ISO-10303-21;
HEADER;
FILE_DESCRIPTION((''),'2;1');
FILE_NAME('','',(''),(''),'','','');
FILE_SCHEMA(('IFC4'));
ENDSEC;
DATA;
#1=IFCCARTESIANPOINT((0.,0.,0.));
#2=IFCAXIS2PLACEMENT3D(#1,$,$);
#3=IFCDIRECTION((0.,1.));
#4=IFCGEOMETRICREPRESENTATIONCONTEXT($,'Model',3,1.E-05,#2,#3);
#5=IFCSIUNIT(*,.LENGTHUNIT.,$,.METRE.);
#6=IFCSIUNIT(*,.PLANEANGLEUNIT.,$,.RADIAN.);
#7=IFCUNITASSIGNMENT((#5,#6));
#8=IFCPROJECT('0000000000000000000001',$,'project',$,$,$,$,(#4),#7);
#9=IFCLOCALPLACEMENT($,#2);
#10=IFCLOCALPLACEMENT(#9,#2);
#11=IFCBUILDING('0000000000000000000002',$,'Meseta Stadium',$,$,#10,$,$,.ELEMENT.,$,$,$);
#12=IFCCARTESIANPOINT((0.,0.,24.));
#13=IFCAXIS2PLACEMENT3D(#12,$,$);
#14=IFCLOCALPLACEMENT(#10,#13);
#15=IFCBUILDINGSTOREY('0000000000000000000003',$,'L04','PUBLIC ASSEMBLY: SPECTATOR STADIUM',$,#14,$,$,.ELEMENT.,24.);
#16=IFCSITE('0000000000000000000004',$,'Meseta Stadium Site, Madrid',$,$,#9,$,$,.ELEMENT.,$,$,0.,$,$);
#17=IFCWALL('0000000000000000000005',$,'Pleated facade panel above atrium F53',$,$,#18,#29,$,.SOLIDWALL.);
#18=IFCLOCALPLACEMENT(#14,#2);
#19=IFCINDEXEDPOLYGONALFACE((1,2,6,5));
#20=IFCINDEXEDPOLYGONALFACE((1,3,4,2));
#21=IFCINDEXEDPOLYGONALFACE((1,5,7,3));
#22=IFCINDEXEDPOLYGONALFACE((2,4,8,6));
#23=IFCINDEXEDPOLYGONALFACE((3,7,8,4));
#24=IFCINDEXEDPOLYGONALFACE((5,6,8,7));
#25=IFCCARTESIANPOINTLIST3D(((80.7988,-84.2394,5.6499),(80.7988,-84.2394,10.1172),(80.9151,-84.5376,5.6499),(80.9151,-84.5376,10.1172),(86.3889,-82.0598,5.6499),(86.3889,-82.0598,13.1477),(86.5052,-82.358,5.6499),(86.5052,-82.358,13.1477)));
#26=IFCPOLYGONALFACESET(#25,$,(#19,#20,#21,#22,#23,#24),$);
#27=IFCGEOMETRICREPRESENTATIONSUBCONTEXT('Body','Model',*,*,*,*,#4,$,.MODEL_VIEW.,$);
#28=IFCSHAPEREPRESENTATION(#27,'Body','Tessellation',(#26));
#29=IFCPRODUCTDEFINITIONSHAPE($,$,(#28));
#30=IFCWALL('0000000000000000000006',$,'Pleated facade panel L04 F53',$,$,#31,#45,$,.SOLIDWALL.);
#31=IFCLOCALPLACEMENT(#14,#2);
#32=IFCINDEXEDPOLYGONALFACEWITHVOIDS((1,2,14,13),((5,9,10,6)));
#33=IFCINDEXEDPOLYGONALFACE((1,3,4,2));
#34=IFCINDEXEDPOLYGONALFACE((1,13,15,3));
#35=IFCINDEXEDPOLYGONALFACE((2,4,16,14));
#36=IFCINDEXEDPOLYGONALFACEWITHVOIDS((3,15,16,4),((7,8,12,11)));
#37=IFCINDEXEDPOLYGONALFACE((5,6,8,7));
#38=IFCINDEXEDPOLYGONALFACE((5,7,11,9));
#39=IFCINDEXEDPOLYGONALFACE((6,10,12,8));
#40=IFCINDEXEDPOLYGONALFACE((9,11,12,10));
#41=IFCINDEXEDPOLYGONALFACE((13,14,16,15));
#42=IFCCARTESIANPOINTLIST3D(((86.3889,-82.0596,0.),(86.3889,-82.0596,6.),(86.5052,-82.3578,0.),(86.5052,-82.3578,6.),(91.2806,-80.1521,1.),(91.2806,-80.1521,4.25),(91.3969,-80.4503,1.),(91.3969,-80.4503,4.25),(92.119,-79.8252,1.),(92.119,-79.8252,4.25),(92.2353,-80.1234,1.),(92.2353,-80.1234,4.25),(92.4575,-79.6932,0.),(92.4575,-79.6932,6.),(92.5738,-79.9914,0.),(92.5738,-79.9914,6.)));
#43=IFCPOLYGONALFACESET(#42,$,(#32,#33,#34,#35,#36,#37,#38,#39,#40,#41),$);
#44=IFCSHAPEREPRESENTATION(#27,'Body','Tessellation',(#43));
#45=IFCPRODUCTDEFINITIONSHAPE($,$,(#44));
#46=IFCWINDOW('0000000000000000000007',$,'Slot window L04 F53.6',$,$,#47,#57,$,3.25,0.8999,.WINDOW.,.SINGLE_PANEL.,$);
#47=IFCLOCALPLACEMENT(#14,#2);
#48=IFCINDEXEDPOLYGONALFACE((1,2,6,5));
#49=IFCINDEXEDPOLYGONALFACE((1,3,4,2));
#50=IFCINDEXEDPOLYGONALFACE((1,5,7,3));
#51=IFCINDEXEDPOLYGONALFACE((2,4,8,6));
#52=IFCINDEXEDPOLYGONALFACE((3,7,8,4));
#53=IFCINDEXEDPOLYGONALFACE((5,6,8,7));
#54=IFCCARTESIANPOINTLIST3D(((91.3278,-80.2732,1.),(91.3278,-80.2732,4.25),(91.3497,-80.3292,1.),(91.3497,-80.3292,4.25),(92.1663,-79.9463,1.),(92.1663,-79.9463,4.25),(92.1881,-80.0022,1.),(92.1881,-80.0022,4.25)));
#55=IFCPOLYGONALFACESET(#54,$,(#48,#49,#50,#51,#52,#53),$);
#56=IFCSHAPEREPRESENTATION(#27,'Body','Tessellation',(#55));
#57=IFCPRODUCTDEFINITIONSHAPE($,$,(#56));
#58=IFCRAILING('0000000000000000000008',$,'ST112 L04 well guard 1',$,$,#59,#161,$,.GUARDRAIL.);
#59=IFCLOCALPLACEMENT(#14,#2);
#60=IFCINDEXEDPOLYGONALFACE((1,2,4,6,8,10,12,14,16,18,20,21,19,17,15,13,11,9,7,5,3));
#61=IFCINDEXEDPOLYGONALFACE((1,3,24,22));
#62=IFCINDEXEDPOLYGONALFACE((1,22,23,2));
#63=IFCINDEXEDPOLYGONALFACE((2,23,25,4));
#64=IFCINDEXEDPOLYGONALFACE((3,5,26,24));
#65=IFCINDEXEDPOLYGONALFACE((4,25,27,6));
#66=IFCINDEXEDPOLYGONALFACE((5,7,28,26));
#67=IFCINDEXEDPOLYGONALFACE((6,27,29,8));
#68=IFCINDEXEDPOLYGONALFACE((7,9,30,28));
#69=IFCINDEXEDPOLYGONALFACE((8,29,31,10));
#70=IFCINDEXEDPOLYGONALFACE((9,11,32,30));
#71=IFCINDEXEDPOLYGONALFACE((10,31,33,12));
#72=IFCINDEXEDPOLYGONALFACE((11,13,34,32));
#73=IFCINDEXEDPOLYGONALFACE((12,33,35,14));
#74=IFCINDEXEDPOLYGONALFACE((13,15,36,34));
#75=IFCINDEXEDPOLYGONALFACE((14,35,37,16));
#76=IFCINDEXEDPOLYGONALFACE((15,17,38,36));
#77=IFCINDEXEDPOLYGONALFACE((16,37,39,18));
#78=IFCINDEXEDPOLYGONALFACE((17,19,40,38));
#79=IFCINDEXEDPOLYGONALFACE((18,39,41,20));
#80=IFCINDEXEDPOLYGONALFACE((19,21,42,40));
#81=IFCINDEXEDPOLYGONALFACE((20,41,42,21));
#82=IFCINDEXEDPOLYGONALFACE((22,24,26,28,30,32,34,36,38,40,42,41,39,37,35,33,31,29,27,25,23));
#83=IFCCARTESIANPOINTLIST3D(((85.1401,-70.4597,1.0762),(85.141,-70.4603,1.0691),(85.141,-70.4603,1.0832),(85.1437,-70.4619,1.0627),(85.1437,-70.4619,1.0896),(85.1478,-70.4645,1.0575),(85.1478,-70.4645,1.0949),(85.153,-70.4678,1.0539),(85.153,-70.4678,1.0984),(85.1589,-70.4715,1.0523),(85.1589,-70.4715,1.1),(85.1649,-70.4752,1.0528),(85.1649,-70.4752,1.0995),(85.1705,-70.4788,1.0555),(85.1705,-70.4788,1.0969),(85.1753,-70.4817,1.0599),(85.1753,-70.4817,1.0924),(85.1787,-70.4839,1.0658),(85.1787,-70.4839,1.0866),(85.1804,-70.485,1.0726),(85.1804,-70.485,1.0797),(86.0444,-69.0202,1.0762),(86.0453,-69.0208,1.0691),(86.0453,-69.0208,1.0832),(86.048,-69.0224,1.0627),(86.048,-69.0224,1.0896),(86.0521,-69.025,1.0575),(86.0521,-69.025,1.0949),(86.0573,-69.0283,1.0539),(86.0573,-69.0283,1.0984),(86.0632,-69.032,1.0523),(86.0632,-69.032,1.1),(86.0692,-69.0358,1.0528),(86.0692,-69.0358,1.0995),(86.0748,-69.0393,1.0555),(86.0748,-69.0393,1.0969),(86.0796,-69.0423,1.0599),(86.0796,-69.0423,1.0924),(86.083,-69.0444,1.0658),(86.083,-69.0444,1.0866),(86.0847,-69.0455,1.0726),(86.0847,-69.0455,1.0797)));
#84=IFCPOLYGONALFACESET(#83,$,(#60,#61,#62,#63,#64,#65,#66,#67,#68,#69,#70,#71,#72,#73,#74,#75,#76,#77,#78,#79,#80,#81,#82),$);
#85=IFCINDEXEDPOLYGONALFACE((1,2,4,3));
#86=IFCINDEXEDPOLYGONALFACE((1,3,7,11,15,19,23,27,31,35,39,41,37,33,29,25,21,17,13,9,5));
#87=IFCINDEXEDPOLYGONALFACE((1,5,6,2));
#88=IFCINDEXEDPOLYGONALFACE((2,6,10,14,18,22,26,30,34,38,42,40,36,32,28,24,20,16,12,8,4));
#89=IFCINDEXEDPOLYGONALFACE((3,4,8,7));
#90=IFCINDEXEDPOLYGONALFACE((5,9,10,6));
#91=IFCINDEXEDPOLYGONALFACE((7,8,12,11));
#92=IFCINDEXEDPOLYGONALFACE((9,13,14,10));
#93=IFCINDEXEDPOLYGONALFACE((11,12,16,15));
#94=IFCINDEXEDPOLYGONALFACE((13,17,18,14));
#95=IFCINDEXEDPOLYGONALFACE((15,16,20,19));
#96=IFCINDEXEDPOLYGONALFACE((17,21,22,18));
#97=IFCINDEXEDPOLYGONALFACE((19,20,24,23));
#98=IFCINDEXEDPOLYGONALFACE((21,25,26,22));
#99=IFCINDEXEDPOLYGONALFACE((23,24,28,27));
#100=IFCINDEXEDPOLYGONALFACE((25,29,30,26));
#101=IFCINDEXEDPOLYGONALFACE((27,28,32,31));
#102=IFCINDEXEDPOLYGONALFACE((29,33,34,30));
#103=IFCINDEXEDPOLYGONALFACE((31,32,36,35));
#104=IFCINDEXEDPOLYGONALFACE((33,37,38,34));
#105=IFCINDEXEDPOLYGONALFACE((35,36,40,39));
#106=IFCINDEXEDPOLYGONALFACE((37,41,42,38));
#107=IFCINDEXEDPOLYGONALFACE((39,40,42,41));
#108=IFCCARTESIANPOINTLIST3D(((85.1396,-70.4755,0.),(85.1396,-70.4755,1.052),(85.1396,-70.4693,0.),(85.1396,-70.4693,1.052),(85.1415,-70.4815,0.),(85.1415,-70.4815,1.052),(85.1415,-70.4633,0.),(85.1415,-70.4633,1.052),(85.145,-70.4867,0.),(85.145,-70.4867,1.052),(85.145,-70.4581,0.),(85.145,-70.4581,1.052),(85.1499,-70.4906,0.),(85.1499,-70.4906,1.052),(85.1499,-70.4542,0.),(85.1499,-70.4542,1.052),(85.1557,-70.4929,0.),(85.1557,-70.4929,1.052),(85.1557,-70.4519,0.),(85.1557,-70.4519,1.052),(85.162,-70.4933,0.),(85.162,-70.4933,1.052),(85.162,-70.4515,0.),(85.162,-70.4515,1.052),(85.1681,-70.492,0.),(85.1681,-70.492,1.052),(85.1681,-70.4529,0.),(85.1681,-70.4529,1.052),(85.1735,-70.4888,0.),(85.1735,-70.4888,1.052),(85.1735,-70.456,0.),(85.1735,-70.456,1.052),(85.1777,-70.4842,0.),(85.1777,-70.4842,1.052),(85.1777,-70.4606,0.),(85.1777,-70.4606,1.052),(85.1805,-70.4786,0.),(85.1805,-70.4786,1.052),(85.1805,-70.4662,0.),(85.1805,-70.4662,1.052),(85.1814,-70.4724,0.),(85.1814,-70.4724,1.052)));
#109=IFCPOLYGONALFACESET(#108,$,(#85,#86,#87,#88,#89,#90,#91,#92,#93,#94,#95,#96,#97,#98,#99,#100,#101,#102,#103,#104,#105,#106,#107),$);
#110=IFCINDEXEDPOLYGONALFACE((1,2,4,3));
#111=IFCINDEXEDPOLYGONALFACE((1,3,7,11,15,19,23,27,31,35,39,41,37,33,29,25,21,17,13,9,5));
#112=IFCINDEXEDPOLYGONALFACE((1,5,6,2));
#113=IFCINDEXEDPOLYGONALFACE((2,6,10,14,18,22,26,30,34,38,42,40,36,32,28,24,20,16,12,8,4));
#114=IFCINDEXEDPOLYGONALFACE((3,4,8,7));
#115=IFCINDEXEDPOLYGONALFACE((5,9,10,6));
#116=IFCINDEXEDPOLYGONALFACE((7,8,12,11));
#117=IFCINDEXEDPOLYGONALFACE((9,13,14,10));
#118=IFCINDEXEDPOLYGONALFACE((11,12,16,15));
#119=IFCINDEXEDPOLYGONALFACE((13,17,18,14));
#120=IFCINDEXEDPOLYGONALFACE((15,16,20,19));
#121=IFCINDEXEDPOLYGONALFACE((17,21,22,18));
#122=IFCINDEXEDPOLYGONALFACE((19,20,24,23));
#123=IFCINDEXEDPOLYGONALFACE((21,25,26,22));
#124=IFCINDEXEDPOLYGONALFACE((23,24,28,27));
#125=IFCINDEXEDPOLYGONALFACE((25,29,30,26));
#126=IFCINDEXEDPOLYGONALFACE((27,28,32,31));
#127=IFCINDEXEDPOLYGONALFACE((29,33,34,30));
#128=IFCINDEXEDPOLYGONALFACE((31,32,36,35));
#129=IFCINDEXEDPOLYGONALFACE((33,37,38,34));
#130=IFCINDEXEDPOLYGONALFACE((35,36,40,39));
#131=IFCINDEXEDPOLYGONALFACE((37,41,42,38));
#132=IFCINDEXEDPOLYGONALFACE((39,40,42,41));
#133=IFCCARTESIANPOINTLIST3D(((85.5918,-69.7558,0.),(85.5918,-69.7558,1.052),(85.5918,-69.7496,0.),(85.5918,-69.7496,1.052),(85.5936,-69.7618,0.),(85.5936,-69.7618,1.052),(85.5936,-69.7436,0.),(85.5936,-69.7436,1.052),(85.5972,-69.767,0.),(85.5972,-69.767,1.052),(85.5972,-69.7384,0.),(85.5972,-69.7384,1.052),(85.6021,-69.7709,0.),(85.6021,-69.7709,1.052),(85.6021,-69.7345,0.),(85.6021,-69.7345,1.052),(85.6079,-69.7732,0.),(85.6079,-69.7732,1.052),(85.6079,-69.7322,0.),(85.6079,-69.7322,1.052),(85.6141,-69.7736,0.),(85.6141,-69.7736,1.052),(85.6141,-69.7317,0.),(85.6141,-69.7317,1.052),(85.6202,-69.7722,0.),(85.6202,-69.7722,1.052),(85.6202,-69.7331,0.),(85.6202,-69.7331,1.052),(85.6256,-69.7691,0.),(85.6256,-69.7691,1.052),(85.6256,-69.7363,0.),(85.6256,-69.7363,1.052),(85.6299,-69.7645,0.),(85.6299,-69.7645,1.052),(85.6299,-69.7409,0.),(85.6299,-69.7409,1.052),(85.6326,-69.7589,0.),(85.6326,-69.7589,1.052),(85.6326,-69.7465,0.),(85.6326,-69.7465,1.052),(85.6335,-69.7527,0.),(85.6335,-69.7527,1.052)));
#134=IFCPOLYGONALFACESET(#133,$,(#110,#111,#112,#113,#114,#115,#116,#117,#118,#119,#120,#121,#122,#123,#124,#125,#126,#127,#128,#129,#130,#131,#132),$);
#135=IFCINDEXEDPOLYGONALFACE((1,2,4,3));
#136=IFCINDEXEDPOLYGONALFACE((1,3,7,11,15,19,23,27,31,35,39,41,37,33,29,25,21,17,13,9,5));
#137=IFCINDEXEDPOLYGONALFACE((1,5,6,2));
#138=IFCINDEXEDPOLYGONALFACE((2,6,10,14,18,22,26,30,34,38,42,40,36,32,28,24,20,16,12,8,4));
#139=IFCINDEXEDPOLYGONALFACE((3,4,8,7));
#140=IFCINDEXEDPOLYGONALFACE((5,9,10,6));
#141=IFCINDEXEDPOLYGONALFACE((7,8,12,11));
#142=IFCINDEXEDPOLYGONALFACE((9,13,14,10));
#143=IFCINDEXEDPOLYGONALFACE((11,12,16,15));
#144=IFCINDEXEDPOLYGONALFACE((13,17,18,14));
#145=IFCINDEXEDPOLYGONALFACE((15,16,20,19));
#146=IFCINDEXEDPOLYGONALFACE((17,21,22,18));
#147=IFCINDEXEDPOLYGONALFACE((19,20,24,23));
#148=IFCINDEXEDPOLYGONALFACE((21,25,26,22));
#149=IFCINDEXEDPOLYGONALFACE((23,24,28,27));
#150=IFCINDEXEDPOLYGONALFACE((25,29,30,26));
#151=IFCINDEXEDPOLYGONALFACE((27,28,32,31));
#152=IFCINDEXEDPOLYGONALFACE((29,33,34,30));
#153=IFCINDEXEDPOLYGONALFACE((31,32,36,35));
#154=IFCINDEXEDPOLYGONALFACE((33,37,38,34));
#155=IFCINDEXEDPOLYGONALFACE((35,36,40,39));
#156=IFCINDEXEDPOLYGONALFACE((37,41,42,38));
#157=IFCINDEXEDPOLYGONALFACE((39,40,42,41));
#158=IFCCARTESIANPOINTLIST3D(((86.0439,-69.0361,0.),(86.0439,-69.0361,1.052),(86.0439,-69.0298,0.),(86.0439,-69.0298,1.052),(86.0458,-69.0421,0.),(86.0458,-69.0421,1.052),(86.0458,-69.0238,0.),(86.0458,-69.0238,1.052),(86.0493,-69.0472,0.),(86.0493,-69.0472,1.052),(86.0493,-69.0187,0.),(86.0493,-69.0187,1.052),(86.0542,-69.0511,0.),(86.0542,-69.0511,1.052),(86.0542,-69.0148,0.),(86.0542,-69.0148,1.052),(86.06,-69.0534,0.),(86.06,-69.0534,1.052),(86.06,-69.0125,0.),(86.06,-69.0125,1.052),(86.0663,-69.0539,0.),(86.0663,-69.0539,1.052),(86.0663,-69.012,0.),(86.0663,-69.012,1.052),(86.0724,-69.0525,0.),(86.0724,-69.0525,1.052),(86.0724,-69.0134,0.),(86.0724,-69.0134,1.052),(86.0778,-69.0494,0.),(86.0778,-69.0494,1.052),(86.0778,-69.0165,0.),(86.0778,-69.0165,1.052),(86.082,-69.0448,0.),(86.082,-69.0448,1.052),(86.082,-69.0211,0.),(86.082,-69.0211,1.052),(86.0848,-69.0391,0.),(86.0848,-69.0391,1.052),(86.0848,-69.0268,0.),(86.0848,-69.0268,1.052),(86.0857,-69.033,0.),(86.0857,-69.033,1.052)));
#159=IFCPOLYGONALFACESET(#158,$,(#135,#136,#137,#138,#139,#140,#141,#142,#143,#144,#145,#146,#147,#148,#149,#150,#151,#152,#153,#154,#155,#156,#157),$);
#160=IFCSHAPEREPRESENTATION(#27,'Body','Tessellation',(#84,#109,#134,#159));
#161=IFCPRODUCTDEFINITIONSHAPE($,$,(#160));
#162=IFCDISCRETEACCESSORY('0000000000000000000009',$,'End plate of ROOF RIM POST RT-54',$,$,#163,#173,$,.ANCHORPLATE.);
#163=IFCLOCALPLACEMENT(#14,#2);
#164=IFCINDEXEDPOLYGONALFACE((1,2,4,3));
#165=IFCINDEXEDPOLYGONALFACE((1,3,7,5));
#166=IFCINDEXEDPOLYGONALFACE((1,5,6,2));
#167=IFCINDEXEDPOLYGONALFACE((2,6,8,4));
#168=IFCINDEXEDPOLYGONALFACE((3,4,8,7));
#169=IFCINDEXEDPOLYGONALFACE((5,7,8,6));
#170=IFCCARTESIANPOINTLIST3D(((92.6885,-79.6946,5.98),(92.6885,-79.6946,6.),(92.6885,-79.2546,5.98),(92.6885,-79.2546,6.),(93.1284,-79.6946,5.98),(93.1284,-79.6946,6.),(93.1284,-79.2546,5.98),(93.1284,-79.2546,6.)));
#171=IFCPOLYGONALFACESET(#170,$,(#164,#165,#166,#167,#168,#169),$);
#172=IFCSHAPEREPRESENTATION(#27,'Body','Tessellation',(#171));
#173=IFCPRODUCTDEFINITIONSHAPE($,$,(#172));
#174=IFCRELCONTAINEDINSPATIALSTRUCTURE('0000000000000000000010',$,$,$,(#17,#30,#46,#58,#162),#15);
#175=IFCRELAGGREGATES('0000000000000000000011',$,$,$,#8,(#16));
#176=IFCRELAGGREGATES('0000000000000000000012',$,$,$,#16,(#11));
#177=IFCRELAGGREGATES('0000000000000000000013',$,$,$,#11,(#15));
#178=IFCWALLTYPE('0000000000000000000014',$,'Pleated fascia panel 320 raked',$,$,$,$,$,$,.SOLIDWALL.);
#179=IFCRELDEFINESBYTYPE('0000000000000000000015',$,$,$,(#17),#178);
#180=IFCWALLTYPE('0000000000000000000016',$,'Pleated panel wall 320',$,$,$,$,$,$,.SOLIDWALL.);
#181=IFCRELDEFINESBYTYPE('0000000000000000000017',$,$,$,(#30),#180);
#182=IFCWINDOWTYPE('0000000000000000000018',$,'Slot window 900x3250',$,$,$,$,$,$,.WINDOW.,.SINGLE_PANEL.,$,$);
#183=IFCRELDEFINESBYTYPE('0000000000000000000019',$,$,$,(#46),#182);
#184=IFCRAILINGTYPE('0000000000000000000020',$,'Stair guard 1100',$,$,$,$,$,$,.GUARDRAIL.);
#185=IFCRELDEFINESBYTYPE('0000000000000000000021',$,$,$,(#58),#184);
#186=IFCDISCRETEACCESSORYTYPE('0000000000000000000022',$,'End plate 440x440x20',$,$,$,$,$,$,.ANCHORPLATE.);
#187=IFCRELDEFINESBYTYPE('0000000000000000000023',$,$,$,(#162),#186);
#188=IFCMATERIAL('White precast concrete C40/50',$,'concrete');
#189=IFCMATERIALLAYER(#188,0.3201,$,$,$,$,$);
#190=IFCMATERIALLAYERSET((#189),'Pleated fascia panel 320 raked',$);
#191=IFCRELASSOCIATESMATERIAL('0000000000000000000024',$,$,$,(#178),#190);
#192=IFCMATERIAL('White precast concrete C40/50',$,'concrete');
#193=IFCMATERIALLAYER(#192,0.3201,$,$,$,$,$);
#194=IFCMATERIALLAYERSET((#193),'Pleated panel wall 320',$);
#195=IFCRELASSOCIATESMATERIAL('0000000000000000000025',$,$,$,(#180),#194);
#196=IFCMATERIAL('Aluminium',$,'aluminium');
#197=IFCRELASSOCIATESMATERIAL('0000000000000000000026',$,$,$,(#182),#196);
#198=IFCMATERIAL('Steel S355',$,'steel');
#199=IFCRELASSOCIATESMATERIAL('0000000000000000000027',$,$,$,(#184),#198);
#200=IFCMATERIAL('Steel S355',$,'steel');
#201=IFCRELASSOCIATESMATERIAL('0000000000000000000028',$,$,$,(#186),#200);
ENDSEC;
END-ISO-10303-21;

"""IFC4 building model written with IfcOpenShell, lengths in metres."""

from ifc_helpers import new_model, si_unit, direction, frame, frame_2d, origin, origin_2d, place, context, subcontext, project, spatial, polyline, rectangle, circle, outline, extrude, material, layer, layer_set, material_profile, profile_set, type_object, element, fill, save


model = new_model("IFC4")

# Units and contexts
model_context = context("Model", 3, precision=1e-05, world=origin(), true_north=direction((0.0, 1.0)))
body_context = subcontext(model_context, "Body", "Model", "MODEL_VIEW")
ifc_project = project(units=[si_unit("LENGTHUNIT", "METRE"), si_unit("PLANEANGLEUNIT", "RADIAN")], contexts=[model_context])

# Site, building, storey
site_placement = place(None, origin())
site = spatial("IfcSite", under=ifc_project, at=site_placement, Name="Meseta Stadium Site, Madrid", CompositionType="ELEMENT", RefElevation=0.0)
building_placement = place(site_placement, origin())
building = spatial("IfcBuilding", under=site, at=building_placement, Name="Meseta Stadium", CompositionType="ELEMENT")
storey_placement = place(building_placement, frame((0.0, 0.0, 24.0)))
storey = spatial("IfcBuildingStorey", under=building, at=storey_placement, Name="L04", Description="PUBLIC ASSEMBLY: SPECTATOR STADIUM", CompositionType="ELEMENT", Elevation=24.0)

# Shared definitions
ifc_material_1 = material(Name="White precast concrete C40/50", Category="concrete")
ifc_layer_1 = layer(ifc_material_1, 0.3201)
ifc_layer_set_1 = layer_set([ifc_layer_1], Name="Pleated fascia panel 320 raked")
wall_type_1 = type_object("IfcWallType", Name="Pleated fascia panel 320 raked", PredefinedType="SOLIDWALL", material=ifc_layer_set_1)

# Wall
wall_1_placement = place(storey_placement, frame((86.447, -82.2087, 5.6499), z_axis=(0.0, 0.0, 1.0), x_axis=(-0.93168, -0.363281, 0.0)))
element("IfcWall", 1, at=wall_1_placement, inside=storey, type_object=wall_type_1, Name="Pleated facade panel above atrium F53", PredefinedType="SOLIDWALL", context=body_context, shape_type="SweptSolid", body=[
    extrude(outline(polyline([(0.0, 0.0), (6.0, 0.0), (6.0, 4.4673), (0.0, 7.4978), (0.0, 0.0)])), frame((0.0, 0.1602, 0.0), z_axis=(0.0, -1.0, 0.0), x_axis=(1.0, 0.0, 0.0)), (0.0, 0.0, 1.0), 0.3201),
])

# Wall, opening, window
ifc_material_2 = material(Name="White precast concrete C40/50", Category="concrete")
ifc_layer_2 = layer(ifc_material_2, 0.3201)
ifc_layer_set_2 = layer_set([ifc_layer_2], Name="Pleated panel wall 320")
wall_type_2 = type_object("IfcWallType", Name="Pleated panel wall 320", PredefinedType="SOLIDWALL", material=ifc_layer_set_2)
wall_2_placement = place(storey_placement, frame((92.5156, -79.8423, 0.0), z_axis=(0.0, 0.0, 1.0), x_axis=(-0.93167, -0.363305, 0.0)))
wall_2 = element("IfcWall", 2, at=wall_2_placement, inside=storey, type_object=wall_type_2, Name="Pleated facade panel L04 F53", PredefinedType="SOLIDWALL", context=body_context, shape_type="SweptSolid", body=[
    extrude(rectangle(XDim=6.5137, YDim=0.3201, at=frame_2d((3.2568, 0.0))), origin(), (0.0, 0.0, 1.0), 6.0),
])
opening_1_placement = place(wall_2_placement, frame((0.3633, 0.0, 1.0)))
opening_1 = element("IfcOpeningElement", 3, at=opening_1_placement, cuts=wall_2, PredefinedType="OPENING", context=body_context, shape_type="SweptSolid", body=[
    extrude(rectangle(XDim=0.8999, YDim=3.25, at=frame_2d((0.45, 1.625))), frame((0.0, 0.1699, 0.0), z_axis=(0.0, -1.0, 0.0), x_axis=(1.0, 0.0, 0.0)), (0.0, 0.0, 1.0), 0.3401),
])
ifc_material_3 = material(Name="Aluminium", Category="aluminium")
window_type_1 = type_object("IfcWindowType", Name="Slot window 900x3250", PartitioningType="SINGLE_PANEL", PredefinedType="WINDOW", material=ifc_material_3)
window_1_placement = place(opening_1_placement, origin())
window_1 = element("IfcWindow", 4, at=window_1_placement, inside=storey, type_object=window_type_1, Name="Slot window L04 F53.6", OverallHeight=3.25, OverallWidth=0.8999, PartitioningType="SINGLE_PANEL", PredefinedType="WINDOW", context=body_context, shape_type="SweptSolid", body=[
    extrude(rectangle(XDim=0.8999, YDim=3.25, at=frame_2d((0.45, 1.625))), frame((0.0, 0.03, 0.0), z_axis=(0.0, -1.0, 0.0), x_axis=(1.0, 0.0, 0.0)), (0.0, 0.0, 1.0), 0.0601),
])
fill(opening_1, window_1)

# Railing
ifc_material_4 = material(Name="Steel S355", Category="steel")
railing_type = type_object("IfcRailingType", Name="Stair guard 1100", PredefinedType="GUARDRAIL", material=ifc_material_4)
railing_placement = place(storey_placement, frame((85.1604, -70.4724, 0.0)))
element("IfcRailing", 5, at=railing_placement, inside=storey, type_object=railing_type, Name="ST112 L04 well guard 1", PredefinedType="GUARDRAIL", context=body_context, shape_type="SweptSolid", body=[
    extrude(circle(Radius=0.0239, at=origin_2d()), frame((0.0, 0.0, 1.0762), z_axis=(0.53196, 0.84677, 0.0), x_axis=(-0.84677, 0.53196, 0.0)), (0.0, 0.0, 1.0), 1.7),
    extrude(circle(Radius=0.021, at=origin_2d()), origin(), (0.0, 0.0, 1.0), 1.052),
    extrude(circle(Radius=0.021, at=origin_2d()), frame((0.4521, 0.7197, 0.0)), (0.0, 0.0, 1.0), 1.052),
    extrude(circle(Radius=0.021, at=origin_2d()), frame((0.9043, 1.4395, 0.0)), (0.0, 0.0, 1.0), 1.052),
])

# Discrete accessory
ifc_material_5 = material(Name="Steel S355", Category="steel")
ifc_material_profile_1 = material_profile(ifc_material_5, rectangle(XDim=0.4399, YDim=0.4399, at=origin_2d()), Name="PL 440x440")
ifc_profile_set_1 = profile_set([ifc_material_profile_1], Name="Steel S355")
discrete_accessory_type = type_object("IfcDiscreteAccessoryType", Name="End plate 440x440x20", PredefinedType="ANCHORPLATE", material=ifc_profile_set_1)
discrete_accessory_placement = place(storey_placement, frame((92.9084, -79.4746, 5.98), z_axis=(0.0, 0.0, 1.0), x_axis=(1.0, 0.0, 0.0)))
element("IfcDiscreteAccessory", 6, at=discrete_accessory_placement, inside=storey, type_object=discrete_accessory_type, Name="End plate of ROOF RIM POST RT-54", PredefinedType="ANCHORPLATE", context=body_context, shape_type="SweptSolid", body=[
    extrude(rectangle(XDim=0.4399, YDim=0.4399, at=origin_2d()), origin(), (0.0, 0.0, 1.0), 0.02),
])

save(model, "model.ifc")
